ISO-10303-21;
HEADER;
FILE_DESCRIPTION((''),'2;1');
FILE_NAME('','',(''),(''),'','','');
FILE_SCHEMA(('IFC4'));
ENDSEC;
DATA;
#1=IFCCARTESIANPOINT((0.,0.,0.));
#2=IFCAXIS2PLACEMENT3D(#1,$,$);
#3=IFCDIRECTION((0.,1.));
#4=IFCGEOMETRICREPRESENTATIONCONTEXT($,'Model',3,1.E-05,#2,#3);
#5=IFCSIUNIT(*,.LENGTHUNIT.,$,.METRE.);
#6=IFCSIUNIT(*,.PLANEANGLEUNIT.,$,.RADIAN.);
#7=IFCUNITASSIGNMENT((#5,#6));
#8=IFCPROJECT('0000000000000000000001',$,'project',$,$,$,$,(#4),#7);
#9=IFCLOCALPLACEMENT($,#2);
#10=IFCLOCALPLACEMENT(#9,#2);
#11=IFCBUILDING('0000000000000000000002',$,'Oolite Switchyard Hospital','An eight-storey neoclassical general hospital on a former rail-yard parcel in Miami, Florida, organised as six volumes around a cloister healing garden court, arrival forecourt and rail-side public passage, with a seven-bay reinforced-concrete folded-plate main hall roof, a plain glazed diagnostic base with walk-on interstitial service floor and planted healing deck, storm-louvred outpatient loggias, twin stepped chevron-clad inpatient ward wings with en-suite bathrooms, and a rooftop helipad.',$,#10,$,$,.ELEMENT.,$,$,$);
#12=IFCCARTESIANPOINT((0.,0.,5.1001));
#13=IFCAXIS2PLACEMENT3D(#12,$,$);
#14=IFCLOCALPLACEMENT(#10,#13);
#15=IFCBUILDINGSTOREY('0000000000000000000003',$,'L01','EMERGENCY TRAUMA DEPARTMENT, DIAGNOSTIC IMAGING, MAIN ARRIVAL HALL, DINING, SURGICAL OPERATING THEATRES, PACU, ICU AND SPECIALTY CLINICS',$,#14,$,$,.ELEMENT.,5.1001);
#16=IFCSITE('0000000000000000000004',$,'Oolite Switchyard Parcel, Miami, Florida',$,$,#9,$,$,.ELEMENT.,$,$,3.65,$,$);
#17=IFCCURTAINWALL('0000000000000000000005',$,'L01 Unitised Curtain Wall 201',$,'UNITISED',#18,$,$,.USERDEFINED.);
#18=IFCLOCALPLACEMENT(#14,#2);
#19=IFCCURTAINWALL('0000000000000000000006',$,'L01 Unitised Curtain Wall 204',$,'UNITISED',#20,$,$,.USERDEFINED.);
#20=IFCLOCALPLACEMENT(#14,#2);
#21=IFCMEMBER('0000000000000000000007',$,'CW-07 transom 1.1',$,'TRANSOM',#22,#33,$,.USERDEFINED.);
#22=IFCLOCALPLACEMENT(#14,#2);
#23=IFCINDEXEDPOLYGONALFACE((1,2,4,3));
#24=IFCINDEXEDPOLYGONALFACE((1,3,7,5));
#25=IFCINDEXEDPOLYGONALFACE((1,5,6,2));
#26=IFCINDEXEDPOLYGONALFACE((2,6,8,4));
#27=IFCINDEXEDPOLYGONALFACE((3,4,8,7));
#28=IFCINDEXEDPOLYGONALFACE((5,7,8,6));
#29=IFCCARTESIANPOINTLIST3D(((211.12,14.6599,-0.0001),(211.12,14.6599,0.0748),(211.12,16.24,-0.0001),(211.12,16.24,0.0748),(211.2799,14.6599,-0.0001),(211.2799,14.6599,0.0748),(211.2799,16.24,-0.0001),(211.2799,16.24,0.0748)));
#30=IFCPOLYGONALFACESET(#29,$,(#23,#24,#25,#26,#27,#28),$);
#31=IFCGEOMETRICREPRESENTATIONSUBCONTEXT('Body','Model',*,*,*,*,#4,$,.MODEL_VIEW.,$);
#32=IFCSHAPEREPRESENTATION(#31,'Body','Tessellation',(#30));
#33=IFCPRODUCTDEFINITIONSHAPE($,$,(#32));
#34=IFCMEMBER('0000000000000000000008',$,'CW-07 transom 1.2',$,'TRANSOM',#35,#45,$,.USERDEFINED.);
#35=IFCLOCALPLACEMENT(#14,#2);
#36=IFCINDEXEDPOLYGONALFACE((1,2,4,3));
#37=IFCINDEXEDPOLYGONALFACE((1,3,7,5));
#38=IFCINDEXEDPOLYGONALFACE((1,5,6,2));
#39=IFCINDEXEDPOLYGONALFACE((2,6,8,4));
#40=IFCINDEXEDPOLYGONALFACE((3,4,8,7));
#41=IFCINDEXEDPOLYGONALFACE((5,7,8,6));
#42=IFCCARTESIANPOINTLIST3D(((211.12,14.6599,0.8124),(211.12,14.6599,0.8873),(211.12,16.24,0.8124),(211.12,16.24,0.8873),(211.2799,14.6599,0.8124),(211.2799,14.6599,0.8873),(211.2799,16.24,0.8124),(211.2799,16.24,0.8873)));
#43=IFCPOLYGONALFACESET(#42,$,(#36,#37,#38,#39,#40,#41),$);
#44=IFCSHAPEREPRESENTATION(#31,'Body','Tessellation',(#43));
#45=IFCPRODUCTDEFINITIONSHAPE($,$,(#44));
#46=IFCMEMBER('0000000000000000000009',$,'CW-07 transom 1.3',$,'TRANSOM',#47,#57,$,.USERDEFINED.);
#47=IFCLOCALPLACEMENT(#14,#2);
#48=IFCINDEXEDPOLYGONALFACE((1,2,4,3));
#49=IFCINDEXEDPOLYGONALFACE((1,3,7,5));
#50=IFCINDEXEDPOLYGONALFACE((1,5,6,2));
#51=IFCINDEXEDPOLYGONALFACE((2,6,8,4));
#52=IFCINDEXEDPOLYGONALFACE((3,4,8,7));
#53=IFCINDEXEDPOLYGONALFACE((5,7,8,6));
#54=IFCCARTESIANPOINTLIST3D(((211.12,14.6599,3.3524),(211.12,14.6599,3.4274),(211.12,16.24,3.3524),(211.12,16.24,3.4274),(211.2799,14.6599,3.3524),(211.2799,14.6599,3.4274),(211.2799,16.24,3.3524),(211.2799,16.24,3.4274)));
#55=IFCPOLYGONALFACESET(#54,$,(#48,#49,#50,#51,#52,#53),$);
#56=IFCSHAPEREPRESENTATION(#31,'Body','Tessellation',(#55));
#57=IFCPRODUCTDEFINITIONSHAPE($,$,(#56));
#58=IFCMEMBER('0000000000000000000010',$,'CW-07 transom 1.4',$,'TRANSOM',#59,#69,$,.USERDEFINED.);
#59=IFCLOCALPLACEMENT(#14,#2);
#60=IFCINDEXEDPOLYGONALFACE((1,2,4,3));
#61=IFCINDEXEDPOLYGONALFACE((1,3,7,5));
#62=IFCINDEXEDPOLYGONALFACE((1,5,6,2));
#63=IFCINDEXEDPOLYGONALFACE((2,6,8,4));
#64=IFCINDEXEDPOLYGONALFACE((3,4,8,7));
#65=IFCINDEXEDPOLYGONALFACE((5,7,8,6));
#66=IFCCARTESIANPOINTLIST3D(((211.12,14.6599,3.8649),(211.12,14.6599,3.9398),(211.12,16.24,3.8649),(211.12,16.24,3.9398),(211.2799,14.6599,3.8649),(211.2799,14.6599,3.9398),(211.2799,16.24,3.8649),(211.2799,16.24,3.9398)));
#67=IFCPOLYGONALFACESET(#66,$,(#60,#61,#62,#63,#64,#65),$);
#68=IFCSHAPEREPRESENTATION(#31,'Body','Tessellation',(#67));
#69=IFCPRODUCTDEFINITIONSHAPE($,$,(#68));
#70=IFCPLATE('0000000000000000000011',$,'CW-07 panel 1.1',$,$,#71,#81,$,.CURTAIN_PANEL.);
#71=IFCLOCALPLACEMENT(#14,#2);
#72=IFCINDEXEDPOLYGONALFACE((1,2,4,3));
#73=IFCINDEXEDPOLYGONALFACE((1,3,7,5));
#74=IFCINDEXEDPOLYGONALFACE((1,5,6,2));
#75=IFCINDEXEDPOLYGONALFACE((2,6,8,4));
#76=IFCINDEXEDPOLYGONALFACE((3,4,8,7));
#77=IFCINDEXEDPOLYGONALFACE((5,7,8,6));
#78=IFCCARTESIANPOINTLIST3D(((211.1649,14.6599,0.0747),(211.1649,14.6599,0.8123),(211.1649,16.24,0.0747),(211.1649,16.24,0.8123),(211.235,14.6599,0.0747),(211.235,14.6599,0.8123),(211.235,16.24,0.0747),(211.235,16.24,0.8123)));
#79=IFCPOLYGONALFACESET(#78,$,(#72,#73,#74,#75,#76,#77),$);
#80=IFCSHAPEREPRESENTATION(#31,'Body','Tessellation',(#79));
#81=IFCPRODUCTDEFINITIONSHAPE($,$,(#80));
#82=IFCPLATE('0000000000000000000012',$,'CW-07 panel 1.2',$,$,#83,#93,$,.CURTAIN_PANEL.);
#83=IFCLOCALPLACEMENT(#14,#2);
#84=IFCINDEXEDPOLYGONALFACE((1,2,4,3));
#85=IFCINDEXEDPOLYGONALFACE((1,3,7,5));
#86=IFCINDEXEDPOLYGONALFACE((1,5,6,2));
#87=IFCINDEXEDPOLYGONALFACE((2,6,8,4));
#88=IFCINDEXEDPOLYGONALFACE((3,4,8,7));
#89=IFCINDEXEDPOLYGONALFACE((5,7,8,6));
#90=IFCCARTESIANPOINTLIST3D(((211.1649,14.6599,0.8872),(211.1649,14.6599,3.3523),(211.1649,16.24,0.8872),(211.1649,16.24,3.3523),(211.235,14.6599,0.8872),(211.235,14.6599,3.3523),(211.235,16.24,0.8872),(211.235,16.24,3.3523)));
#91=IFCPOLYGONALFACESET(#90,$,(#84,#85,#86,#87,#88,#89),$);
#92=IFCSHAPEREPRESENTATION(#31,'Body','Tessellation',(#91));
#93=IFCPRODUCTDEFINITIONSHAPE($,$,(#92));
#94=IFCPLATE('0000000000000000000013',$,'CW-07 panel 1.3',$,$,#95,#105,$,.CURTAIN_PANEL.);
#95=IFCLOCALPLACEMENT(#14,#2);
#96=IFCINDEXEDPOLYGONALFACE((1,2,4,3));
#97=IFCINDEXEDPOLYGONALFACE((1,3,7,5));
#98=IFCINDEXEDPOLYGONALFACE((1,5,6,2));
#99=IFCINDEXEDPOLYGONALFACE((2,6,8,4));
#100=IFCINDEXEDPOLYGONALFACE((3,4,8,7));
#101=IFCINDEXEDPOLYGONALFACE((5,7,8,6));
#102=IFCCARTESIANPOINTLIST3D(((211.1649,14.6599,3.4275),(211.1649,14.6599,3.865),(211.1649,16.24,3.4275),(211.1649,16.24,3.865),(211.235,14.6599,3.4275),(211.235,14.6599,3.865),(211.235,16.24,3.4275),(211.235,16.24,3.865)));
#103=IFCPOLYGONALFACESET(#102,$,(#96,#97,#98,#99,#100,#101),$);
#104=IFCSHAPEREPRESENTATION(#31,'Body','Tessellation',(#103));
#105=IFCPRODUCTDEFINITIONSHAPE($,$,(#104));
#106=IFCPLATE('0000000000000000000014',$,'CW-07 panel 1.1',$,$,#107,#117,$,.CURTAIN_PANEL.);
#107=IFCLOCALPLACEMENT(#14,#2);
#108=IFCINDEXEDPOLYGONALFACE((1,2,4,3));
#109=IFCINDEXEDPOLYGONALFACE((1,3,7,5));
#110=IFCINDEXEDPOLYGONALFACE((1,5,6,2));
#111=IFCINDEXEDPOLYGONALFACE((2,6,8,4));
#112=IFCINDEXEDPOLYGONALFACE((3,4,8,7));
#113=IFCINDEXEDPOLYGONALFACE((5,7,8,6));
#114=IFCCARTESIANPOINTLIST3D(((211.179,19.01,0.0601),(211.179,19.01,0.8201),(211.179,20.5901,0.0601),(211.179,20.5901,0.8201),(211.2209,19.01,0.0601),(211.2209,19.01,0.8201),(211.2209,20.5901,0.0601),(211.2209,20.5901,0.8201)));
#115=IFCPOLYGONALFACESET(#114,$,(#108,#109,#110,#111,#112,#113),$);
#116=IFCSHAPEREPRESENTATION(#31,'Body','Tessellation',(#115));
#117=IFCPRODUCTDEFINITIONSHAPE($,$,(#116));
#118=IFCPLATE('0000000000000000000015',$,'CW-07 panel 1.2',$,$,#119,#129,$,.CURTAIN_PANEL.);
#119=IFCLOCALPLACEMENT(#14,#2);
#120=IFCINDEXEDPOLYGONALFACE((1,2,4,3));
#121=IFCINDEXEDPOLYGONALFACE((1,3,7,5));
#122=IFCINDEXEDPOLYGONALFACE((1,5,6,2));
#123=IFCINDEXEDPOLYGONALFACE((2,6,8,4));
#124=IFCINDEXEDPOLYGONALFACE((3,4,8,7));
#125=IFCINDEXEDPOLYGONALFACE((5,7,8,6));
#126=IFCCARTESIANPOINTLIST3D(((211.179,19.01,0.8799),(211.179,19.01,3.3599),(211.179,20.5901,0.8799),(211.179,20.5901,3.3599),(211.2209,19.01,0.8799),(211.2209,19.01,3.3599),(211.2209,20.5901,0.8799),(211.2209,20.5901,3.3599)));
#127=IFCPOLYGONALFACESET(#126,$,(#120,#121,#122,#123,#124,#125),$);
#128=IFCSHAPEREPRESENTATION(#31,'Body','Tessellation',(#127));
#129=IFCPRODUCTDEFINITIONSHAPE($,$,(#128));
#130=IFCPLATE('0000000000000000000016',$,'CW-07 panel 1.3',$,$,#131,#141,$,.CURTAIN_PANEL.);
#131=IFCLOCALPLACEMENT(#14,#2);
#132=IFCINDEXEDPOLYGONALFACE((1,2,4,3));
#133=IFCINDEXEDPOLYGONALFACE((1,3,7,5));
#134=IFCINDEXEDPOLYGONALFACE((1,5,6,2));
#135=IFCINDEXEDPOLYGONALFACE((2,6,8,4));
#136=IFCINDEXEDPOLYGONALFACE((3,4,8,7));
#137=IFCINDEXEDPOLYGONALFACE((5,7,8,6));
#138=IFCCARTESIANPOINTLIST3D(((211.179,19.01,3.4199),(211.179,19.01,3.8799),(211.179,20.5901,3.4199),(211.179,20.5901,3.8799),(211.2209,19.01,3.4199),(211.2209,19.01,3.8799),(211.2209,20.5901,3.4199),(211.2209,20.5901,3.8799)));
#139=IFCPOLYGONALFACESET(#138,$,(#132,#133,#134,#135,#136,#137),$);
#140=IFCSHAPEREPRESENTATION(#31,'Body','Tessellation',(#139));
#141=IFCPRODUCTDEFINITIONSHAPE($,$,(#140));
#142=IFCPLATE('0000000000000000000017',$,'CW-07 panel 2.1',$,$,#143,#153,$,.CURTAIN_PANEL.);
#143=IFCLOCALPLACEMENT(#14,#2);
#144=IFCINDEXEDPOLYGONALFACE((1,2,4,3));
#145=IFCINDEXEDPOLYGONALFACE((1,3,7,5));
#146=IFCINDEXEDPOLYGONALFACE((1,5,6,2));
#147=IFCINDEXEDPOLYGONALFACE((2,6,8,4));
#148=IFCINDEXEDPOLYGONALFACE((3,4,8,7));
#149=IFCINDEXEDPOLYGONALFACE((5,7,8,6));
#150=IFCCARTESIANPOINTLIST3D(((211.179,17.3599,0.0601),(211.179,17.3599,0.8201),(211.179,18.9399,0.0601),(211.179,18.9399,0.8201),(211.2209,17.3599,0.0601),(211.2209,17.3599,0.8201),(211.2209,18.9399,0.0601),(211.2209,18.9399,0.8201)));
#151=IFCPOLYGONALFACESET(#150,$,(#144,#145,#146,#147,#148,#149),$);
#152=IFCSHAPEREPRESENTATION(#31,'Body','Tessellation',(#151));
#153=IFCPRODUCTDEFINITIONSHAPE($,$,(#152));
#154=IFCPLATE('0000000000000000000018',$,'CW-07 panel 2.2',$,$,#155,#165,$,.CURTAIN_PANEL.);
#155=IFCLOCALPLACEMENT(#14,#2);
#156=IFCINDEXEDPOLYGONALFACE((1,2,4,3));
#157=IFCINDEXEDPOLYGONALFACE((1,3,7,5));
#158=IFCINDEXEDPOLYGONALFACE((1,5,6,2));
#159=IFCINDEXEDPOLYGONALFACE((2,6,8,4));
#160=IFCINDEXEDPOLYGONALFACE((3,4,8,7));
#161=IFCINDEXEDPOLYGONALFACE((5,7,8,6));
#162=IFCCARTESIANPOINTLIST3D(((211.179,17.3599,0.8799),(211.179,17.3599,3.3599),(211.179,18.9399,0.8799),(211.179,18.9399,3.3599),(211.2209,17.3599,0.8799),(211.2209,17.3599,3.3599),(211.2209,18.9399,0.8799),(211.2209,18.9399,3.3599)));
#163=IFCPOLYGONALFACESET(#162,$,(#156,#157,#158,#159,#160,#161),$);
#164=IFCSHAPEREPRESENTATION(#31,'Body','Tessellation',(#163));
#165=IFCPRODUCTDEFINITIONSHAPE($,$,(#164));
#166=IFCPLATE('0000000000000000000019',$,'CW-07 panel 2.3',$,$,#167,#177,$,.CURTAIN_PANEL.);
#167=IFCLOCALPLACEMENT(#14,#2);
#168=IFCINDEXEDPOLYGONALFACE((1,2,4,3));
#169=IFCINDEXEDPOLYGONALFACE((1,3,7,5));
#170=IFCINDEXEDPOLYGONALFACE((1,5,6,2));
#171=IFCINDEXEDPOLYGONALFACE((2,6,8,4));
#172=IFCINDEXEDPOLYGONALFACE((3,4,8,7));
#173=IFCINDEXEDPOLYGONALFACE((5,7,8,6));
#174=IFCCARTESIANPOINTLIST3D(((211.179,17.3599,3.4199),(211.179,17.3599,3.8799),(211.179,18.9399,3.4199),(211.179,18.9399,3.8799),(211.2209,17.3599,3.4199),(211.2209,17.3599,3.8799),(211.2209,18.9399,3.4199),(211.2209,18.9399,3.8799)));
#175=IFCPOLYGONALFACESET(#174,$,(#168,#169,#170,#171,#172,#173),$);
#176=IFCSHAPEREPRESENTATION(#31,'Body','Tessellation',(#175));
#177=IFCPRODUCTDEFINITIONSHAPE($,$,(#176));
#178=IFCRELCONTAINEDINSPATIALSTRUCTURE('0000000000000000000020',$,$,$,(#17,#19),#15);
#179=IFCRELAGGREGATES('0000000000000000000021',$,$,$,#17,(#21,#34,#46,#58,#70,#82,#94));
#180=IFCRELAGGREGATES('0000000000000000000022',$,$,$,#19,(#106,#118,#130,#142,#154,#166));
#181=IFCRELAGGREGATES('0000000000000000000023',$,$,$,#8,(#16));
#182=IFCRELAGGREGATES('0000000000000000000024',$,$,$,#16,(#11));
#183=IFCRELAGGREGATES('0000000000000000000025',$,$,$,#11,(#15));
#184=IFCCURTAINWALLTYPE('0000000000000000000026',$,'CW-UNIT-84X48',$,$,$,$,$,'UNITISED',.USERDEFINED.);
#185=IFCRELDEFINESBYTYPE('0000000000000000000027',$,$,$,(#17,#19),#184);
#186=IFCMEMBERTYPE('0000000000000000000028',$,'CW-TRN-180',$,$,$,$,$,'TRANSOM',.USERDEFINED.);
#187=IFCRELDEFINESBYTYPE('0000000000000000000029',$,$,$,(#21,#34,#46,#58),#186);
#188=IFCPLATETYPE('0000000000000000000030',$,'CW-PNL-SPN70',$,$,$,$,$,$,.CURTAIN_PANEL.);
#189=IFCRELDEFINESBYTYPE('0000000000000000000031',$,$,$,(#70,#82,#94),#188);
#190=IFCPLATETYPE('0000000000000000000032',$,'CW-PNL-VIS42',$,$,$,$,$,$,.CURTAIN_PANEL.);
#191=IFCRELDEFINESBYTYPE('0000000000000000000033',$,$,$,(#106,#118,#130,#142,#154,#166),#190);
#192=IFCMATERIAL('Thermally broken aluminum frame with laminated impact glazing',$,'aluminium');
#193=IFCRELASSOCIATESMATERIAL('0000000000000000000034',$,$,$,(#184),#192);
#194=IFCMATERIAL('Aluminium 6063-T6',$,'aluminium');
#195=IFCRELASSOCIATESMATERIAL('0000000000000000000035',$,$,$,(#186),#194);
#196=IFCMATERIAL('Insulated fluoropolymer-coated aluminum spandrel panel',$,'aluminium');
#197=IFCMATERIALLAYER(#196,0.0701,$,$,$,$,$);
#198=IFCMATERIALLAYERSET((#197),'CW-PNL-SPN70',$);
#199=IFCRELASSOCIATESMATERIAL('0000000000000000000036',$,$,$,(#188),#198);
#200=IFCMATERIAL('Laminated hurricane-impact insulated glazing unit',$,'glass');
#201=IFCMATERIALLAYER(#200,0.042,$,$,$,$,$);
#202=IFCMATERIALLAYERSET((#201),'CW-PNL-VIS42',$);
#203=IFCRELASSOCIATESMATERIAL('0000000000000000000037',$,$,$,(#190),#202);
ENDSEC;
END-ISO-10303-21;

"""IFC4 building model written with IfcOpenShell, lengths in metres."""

from ifc_helpers import new_model, si_unit, direction, frame, origin, origin_2d, place, context, subcontext, project, spatial, rectangle, extrude, material, layer, layer_set, material_profile, profile_set, type_object, element, aggregate, save


model = new_model("IFC4")

# Units and contexts
model_context = context("Model", 3, precision=1e-05, world=origin(), true_north=direction((0.0, 1.0)))
body_context = subcontext(model_context, "Body", "Model", "MODEL_VIEW")
ifc_project = project(units=[si_unit("LENGTHUNIT", "METRE"), si_unit("PLANEANGLEUNIT", "RADIAN")], contexts=[model_context])

# Site, building, storey
site_placement = place(None, origin())
site = spatial("IfcSite", under=ifc_project, at=site_placement, Name="Oolite Switchyard Parcel, Miami, Florida", CompositionType="ELEMENT", RefElevation=3.65)
building_placement = place(site_placement, origin())
building = spatial("IfcBuilding", under=site, at=building_placement, Name="Oolite Switchyard Hospital", Description="An eight-storey neoclassical general hospital on a former rail-yard parcel in Miami, Florida, organised as six volumes around a cloister healing garden court, arrival forecourt and rail-side public passage, with a seven-bay reinforced-concrete folded-plate main hall roof, a plain glazed diagnostic base with walk-on interstitial service floor and planted healing deck, storm-louvred outpatient loggias, twin stepped chevron-clad inpatient ward wings with en-suite bathrooms, and a rooftop helipad.", CompositionType="ELEMENT")
storey_placement = place(building_placement, frame((0.0, 0.0, 5.1001)))
storey = spatial("IfcBuildingStorey", under=building, at=storey_placement, Name="L01", Description="EMERGENCY TRAUMA DEPARTMENT, DIAGNOSTIC IMAGING, MAIN ARRIVAL HALL, DINING, SURGICAL OPERATING THEATRES, PACU, ICU AND SPECIALTY CLINICS", CompositionType="ELEMENT", Elevation=5.1001)

# Curtain walls
ifc_material_1 = material(Name="Thermally broken aluminum frame with laminated impact glazing", Category="aluminium")
curtain_wall_type = type_object("IfcCurtainWallType", Name="CW-UNIT-84X48", ElementType="UNITISED", PredefinedType="USERDEFINED", material=ifc_material_1)
curtain_wall_1_placement = place(storey_placement, origin())
curtain_wall_1 = element("IfcCurtainWall", 1, at=curtain_wall_1_placement, inside=storey, type_object=curtain_wall_type, Name="L01 Unitised Curtain Wall 201", ObjectType="UNITISED", PredefinedType="USERDEFINED")
ifc_material_2 = material(Name="Aluminium 6063-T6", Category="aluminium")
curtain_wall_2_placement = place(storey_placement, origin())
curtain_wall_2 = element("IfcCurtainWall", 2, at=curtain_wall_2_placement, inside=storey, type_object=curtain_wall_type, Name="L01 Unitised Curtain Wall 204", ObjectType="UNITISED", PredefinedType="USERDEFINED")

# Members
ifc_material_profile_1 = material_profile(ifc_material_2, rectangle(XDim=0.1599, YDim=0.075, at=origin_2d()), Name="CWT75X160")
ifc_profile_set_1 = profile_set([ifc_material_profile_1], Name="Aluminium 6063-T6")
member_type_1 = type_object("IfcMemberType", Name="CW-TRN-180", ElementType="TRANSOM", PredefinedType="USERDEFINED", material=ifc_profile_set_1)
member_1_placement = place(storey_placement, frame((211.2, 16.24, 0.0374), z_axis=(0.0, -1.0, 0.0), x_axis=(1.0, 0.0, 0.0)))
member_1 = element("IfcMember", 3, at=member_1_placement, type_object=member_type_1, Name="CW-07 transom 1.1", ObjectType="TRANSOM", PredefinedType="USERDEFINED", context=body_context, shape_type="SweptSolid", body=[
    extrude(rectangle(XDim=0.1599, YDim=0.075, at=origin_2d()), origin(), (0.0, 0.0, 1.0), 1.5801),
])
member_2_placement = place(storey_placement, frame((211.2, 16.24, 0.8499), z_axis=(0.0, -1.0, 0.0), x_axis=(1.0, 0.0, 0.0)))
member_2 = element("IfcMember", 4, at=member_2_placement, type_object=member_type_1, Name="CW-07 transom 1.2", ObjectType="TRANSOM", PredefinedType="USERDEFINED", context=body_context, shape_type="SweptSolid", body=[
    extrude(rectangle(XDim=0.1599, YDim=0.075, at=origin_2d()), origin(), (0.0, 0.0, 1.0), 1.5801),
])
member_3_placement = place(storey_placement, frame((211.2, 16.24, 3.3899), z_axis=(0.0, -1.0, 0.0), x_axis=(1.0, 0.0, 0.0)))
member_3 = element("IfcMember", 5, at=member_3_placement, type_object=member_type_1, Name="CW-07 transom 1.3", ObjectType="TRANSOM", PredefinedType="USERDEFINED", context=body_context, shape_type="SweptSolid", body=[
    extrude(rectangle(XDim=0.1599, YDim=0.075, at=origin_2d()), origin(), (0.0, 0.0, 1.0), 1.5801),
])
member_4_placement = place(storey_placement, frame((211.2, 16.24, 3.9023), z_axis=(0.0, -1.0, 0.0), x_axis=(1.0, 0.0, 0.0)))
member_4 = element("IfcMember", 6, at=member_4_placement, type_object=member_type_1, Name="CW-07 transom 1.4", ObjectType="TRANSOM", PredefinedType="USERDEFINED", context=body_context, shape_type="SweptSolid", body=[
    extrude(rectangle(XDim=0.1599, YDim=0.075, at=origin_2d()), origin(), (0.0, 0.0, 1.0), 1.5801),
])

# Plates
ifc_material_3 = material(Name="Insulated fluoropolymer-coated aluminum spandrel panel", Category="aluminium")
ifc_layer_1 = layer(ifc_material_3, 0.0701)
ifc_layer_set_1 = layer_set([ifc_layer_1], Name="CW-PNL-SPN70")
plate_type_1 = type_object("IfcPlateType", Name="CW-PNL-SPN70", PredefinedType="CURTAIN_PANEL", material=ifc_layer_set_1)
plate_1_placement = place(storey_placement, frame((211.2, 15.45, 0.0747), z_axis=(0.0, 0.0, 1.0), x_axis=(0.0, -1.0, 0.0)))
plate_1 = element("IfcPlate", 7, at=plate_1_placement, type_object=plate_type_1, Name="CW-07 panel 1.1", PredefinedType="CURTAIN_PANEL", context=body_context, shape_type="SweptSolid", body=[
    extrude(rectangle(XDim=1.5801, YDim=0.0701, at=origin_2d()), origin(), (0.0, 0.0, 1.0), 0.7375),
])
plate_2_placement = place(storey_placement, frame((211.2, 15.45, 0.8872), z_axis=(0.0, 0.0, 1.0), x_axis=(0.0, -1.0, 0.0)))
plate_2 = element("IfcPlate", 8, at=plate_2_placement, type_object=plate_type_1, Name="CW-07 panel 1.2", PredefinedType="CURTAIN_PANEL", context=body_context, shape_type="SweptSolid", body=[
    extrude(rectangle(XDim=1.5801, YDim=0.0701, at=origin_2d()), origin(), (0.0, 0.0, 1.0), 2.4651),
])
plate_3_placement = place(storey_placement, frame((211.2, 15.45, 3.4275), z_axis=(0.0, 0.0, 1.0), x_axis=(0.0, -1.0, 0.0)))
plate_3 = element("IfcPlate", 9, at=plate_3_placement, type_object=plate_type_1, Name="CW-07 panel 1.3", PredefinedType="CURTAIN_PANEL", context=body_context, shape_type="SweptSolid", body=[
    extrude(rectangle(XDim=1.5801, YDim=0.0701, at=origin_2d()), origin(), (0.0, 0.0, 1.0), 0.4375),
])
aggregate(curtain_wall_1, [member_1, member_2, member_3, member_4, plate_1, plate_2, plate_3])
ifc_material_4 = material(Name="Laminated hurricane-impact insulated glazing unit", Category="glass")
ifc_layer_2 = layer(ifc_material_4, 0.042)
ifc_layer_set_2 = layer_set([ifc_layer_2], Name="CW-PNL-VIS42")
plate_type_2 = type_object("IfcPlateType", Name="CW-PNL-VIS42", PredefinedType="CURTAIN_PANEL", material=ifc_layer_set_2)
plate_4_placement = place(storey_placement, frame((211.2, 19.8, 0.0601), z_axis=(0.0, 0.0, 1.0), x_axis=(0.0, -1.0, 0.0)))
plate_4 = element("IfcPlate", 10, at=plate_4_placement, type_object=plate_type_2, Name="CW-07 panel 1.1", PredefinedType="CURTAIN_PANEL", context=body_context, shape_type="SweptSolid", body=[
    extrude(rectangle(XDim=1.5801, YDim=0.042, at=origin_2d()), origin(), (0.0, 0.0, 1.0), 0.76),
])
plate_5_placement = place(storey_placement, frame((211.2, 19.8, 0.8799), z_axis=(0.0, 0.0, 1.0), x_axis=(0.0, -1.0, 0.0)))
plate_5 = element("IfcPlate", 11, at=plate_5_placement, type_object=plate_type_2, Name="CW-07 panel 1.2", PredefinedType="CURTAIN_PANEL", context=body_context, shape_type="SweptSolid", body=[
    extrude(rectangle(XDim=1.5801, YDim=0.042, at=origin_2d()), origin(), (0.0, 0.0, 1.0), 2.48),
])
plate_6_placement = place(storey_placement, frame((211.2, 19.8, 3.4199), z_axis=(0.0, 0.0, 1.0), x_axis=(0.0, -1.0, 0.0)))
plate_6 = element("IfcPlate", 12, at=plate_6_placement, type_object=plate_type_2, Name="CW-07 panel 1.3", PredefinedType="CURTAIN_PANEL", context=body_context, shape_type="SweptSolid", body=[
    extrude(rectangle(XDim=1.5801, YDim=0.042, at=origin_2d()), origin(), (0.0, 0.0, 1.0), 0.46),
])
plate_7_placement = place(storey_placement, frame((211.2, 18.1499, 0.0601), z_axis=(0.0, 0.0, 1.0), x_axis=(0.0, -1.0, 0.0)))
plate_7 = element("IfcPlate", 13, at=plate_7_placement, type_object=plate_type_2, Name="CW-07 panel 2.1", PredefinedType="CURTAIN_PANEL", context=body_context, shape_type="SweptSolid", body=[
    extrude(rectangle(XDim=1.5801, YDim=0.042, at=origin_2d()), origin(), (0.0, 0.0, 1.0), 0.76),
])
plate_8_placement = place(storey_placement, frame((211.2, 18.1499, 0.8799), z_axis=(0.0, 0.0, 1.0), x_axis=(0.0, -1.0, 0.0)))
plate_8 = element("IfcPlate", 14, at=plate_8_placement, type_object=plate_type_2, Name="CW-07 panel 2.2", PredefinedType="CURTAIN_PANEL", context=body_context, shape_type="SweptSolid", body=[
    extrude(rectangle(XDim=1.5801, YDim=0.042, at=origin_2d()), origin(), (0.0, 0.0, 1.0), 2.48),
])
plate_9_placement = place(storey_placement, frame((211.2, 18.1499, 3.4199), z_axis=(0.0, 0.0, 1.0), x_axis=(0.0, -1.0, 0.0)))
plate_9 = element("IfcPlate", 15, at=plate_9_placement, type_object=plate_type_2, Name="CW-07 panel 2.3", PredefinedType="CURTAIN_PANEL", context=body_context, shape_type="SweptSolid", body=[
    extrude(rectangle(XDim=1.5801, YDim=0.042, at=origin_2d()), origin(), (0.0, 0.0, 1.0), 0.46),
])
aggregate(curtain_wall_2, [plate_4, plate_5, plate_6, plate_7, plate_8, plate_9])

save(model, "model.ifc")
